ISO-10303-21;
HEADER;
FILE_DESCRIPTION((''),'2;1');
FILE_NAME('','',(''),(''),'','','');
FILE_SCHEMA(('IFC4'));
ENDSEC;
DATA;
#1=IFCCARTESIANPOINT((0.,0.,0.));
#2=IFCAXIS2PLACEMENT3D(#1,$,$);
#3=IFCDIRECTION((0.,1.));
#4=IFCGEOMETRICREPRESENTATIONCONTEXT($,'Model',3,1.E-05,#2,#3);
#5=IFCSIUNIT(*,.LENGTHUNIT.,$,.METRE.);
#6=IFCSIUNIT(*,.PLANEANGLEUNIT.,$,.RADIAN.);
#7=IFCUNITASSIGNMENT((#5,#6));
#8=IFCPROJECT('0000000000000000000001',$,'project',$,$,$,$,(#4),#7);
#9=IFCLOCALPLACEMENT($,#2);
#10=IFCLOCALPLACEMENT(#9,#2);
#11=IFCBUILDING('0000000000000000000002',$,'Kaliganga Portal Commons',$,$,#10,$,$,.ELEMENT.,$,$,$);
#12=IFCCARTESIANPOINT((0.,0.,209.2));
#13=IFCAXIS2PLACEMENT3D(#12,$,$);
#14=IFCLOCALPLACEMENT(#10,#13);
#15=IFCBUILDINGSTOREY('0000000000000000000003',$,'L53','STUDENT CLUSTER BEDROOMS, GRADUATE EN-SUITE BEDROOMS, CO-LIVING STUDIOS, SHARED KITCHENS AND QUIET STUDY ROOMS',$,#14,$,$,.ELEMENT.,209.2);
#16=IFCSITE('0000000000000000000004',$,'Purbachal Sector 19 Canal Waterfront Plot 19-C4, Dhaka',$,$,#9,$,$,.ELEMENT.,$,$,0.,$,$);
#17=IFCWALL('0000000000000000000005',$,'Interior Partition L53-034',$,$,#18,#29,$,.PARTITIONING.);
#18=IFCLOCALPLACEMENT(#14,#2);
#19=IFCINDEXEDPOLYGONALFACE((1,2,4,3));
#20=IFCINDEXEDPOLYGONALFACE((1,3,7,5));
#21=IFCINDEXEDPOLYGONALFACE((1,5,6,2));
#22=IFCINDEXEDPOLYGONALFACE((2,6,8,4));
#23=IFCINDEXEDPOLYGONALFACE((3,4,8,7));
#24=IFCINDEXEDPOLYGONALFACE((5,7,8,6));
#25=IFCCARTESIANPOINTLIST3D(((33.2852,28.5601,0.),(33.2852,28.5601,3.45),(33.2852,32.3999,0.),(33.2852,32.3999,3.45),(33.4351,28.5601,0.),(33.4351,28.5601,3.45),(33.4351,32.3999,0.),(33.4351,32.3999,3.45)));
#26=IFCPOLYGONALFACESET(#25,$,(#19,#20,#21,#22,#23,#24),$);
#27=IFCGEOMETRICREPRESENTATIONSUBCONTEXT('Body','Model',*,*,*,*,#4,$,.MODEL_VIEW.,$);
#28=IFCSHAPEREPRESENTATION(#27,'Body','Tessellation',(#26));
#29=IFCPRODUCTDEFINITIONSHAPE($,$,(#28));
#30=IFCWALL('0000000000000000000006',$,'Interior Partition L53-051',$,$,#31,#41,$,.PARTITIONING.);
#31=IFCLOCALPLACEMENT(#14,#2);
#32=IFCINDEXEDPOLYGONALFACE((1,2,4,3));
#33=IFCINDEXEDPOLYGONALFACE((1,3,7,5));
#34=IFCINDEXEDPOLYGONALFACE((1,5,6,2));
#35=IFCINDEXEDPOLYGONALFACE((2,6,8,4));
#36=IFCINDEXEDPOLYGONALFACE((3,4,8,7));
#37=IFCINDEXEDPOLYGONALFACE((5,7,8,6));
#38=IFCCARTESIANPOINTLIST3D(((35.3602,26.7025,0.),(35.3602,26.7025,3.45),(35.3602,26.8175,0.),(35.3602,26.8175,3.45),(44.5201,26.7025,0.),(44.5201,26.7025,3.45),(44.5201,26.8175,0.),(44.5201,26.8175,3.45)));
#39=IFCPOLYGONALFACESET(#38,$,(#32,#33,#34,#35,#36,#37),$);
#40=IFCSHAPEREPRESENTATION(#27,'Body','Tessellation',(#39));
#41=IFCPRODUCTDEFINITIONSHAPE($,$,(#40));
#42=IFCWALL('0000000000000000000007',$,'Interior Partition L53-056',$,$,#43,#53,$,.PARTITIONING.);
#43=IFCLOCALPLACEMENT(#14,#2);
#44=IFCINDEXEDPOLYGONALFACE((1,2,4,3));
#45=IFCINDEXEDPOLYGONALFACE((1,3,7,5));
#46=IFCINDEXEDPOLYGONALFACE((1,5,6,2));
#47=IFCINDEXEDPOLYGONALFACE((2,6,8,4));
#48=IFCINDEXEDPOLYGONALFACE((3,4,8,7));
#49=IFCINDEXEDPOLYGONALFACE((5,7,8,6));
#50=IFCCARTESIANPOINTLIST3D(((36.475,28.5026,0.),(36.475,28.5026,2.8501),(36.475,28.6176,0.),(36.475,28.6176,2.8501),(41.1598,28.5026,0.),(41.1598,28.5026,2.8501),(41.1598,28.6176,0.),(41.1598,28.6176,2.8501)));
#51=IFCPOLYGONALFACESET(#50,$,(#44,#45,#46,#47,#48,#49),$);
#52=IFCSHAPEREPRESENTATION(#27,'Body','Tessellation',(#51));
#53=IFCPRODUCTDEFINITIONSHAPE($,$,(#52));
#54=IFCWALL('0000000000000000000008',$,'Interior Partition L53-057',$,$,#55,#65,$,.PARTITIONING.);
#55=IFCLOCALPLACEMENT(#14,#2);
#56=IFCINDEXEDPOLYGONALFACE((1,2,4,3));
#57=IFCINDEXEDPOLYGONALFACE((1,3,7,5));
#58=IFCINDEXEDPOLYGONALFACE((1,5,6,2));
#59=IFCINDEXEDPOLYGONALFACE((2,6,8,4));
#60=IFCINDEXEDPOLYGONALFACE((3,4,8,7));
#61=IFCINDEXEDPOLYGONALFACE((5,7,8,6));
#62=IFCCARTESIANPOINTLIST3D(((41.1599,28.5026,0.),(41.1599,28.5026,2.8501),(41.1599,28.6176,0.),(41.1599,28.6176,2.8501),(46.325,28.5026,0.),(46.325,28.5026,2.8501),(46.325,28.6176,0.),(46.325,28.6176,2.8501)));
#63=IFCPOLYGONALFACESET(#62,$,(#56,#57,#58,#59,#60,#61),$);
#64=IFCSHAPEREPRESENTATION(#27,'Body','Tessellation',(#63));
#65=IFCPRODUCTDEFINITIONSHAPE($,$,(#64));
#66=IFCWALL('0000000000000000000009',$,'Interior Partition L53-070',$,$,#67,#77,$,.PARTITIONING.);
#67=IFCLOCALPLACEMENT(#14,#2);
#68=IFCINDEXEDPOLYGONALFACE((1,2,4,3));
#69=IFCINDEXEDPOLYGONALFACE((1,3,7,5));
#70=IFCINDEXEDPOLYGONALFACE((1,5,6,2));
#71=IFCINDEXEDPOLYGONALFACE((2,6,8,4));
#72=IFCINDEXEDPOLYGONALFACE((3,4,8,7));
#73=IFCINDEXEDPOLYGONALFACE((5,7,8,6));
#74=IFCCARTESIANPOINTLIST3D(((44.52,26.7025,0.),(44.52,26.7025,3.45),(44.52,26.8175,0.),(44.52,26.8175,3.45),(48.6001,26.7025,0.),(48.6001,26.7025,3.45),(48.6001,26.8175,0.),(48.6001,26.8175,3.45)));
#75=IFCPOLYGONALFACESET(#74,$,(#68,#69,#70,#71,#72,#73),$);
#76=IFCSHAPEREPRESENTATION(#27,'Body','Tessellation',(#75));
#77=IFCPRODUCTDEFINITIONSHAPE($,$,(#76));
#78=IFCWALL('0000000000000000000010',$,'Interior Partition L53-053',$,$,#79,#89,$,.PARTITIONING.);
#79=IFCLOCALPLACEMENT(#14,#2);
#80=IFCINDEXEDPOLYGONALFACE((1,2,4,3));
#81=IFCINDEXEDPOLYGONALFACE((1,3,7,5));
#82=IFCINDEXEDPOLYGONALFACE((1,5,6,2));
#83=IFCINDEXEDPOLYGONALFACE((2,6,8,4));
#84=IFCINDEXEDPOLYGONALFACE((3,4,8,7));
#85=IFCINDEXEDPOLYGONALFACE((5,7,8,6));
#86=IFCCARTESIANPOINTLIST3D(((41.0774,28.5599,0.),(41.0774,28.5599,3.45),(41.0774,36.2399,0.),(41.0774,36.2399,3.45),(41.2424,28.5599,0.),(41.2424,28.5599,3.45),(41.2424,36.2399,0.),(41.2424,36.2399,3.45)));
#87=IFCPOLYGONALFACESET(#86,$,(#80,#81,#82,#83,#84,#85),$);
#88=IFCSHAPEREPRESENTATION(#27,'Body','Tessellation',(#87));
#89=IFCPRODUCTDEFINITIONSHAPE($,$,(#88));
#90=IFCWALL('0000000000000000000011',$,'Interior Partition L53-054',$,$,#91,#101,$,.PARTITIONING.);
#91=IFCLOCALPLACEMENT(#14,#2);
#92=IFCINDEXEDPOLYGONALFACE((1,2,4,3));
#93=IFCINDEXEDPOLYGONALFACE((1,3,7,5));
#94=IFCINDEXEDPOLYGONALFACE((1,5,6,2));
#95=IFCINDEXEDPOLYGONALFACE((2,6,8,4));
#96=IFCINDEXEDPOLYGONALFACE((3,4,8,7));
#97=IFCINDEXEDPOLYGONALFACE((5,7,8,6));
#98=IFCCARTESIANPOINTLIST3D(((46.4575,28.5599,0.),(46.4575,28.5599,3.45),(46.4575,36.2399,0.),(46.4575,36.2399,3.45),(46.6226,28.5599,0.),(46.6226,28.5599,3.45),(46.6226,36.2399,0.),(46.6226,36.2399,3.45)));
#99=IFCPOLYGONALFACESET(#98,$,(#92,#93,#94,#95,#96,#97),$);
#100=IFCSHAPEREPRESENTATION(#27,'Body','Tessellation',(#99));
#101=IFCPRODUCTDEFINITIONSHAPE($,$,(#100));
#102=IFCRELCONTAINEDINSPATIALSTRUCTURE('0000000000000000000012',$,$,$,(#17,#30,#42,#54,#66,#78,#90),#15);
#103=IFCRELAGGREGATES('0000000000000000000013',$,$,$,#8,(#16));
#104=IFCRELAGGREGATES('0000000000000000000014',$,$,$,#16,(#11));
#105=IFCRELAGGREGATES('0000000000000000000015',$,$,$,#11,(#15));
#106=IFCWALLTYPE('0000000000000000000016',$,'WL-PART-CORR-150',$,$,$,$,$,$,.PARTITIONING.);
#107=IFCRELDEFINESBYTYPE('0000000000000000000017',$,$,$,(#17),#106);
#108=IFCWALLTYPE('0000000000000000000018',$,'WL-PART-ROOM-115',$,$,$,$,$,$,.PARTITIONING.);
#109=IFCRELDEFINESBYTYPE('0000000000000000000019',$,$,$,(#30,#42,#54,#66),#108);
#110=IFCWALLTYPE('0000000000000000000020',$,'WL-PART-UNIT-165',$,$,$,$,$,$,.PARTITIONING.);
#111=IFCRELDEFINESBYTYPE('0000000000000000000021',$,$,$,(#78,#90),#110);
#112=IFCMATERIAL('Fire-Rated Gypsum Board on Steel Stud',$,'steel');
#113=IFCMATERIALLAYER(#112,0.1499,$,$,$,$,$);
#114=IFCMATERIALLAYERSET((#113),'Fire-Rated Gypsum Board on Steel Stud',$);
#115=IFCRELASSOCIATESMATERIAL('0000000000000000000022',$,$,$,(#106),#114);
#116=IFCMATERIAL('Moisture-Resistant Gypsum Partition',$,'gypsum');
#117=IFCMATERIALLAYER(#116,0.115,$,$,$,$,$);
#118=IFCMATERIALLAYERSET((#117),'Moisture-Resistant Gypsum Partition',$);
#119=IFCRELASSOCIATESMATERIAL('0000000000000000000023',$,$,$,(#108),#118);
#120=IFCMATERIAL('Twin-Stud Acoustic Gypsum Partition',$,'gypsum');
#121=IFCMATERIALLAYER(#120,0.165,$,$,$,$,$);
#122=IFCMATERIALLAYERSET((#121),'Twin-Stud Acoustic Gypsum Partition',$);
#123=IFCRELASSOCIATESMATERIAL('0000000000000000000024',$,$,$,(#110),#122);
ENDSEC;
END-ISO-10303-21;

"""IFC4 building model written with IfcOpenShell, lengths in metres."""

from ifc_helpers import new_model, si_unit, direction, frame, frame_2d, origin, place, context, subcontext, project, spatial, rectangle, extrude, material, layer, layer_set, type_object, element, save


model = new_model("IFC4")

# Units and contexts
model_context = context("Model", 3, precision=1e-05, world=origin(), true_north=direction((0.0, 1.0)))
body_context = subcontext(model_context, "Body", "Model", "MODEL_VIEW")
ifc_project = project(units=[si_unit("LENGTHUNIT", "METRE"), si_unit("PLANEANGLEUNIT", "RADIAN")], contexts=[model_context])

# Site, building, storey
site_placement = place(None, origin())
site = spatial("IfcSite", under=ifc_project, at=site_placement, Name="Purbachal Sector 19 Canal Waterfront Plot 19-C4, Dhaka", CompositionType="ELEMENT", RefElevation=0.0)
building_placement = place(site_placement, origin())
building = spatial("IfcBuilding", under=site, at=building_placement, Name="Kaliganga Portal Commons", CompositionType="ELEMENT")
storey_placement = place(building_placement, frame((0.0, 0.0, 209.2)))
storey = spatial("IfcBuildingStorey", under=building, at=storey_placement, Name="L53", Description="STUDENT CLUSTER BEDROOMS, GRADUATE EN-SUITE BEDROOMS, CO-LIVING STUDIOS, SHARED KITCHENS AND QUIET STUDY ROOMS", CompositionType="ELEMENT", Elevation=209.2)

# Shared definitions
ifc_material_1 = material(Name="Fire-Rated Gypsum Board on Steel Stud", Category="steel")
ifc_layer_1 = layer(ifc_material_1, 0.1499)
ifc_layer_set_1 = layer_set([ifc_layer_1], Name="Fire-Rated Gypsum Board on Steel Stud")
wall_type_1 = type_object("IfcWallType", Name="WL-PART-CORR-150", PredefinedType="PARTITIONING", material=ifc_layer_set_1)

# Walls
wall_1_placement = place(storey_placement, frame((33.3601, 28.5601, 0.0), z_axis=(0.0, 0.0, 1.0), x_axis=(0.0, 1.0, 0.0)))
element("IfcWall", 1, at=wall_1_placement, inside=storey, type_object=wall_type_1, Name="Interior Partition L53-034", PredefinedType="PARTITIONING", context=body_context, shape_type="SweptSolid", body=[
    extrude(rectangle(XDim=3.8398, YDim=0.1499, at=frame_2d((1.9199, 0.0))), origin(), (0.0, 0.0, 1.0), 3.45),
])
ifc_material_2 = material(Name="Moisture-Resistant Gypsum Partition", Category="gypsum")
ifc_layer_2 = layer(ifc_material_2, 0.115)
ifc_layer_set_2 = layer_set([ifc_layer_2], Name="Moisture-Resistant Gypsum Partition")
wall_type_2 = type_object("IfcWallType", Name="WL-PART-ROOM-115", PredefinedType="PARTITIONING", material=ifc_layer_set_2)
wall_2_placement = place(storey_placement, frame((35.3601, 26.76, 0.0), z_axis=(0.0, 0.0, 1.0), x_axis=(1.0, 0.0, 0.0)))
element("IfcWall", 2, at=wall_2_placement, inside=storey, type_object=wall_type_2, Name="Interior Partition L53-051", PredefinedType="PARTITIONING", context=body_context, shape_type="SweptSolid", body=[
    extrude(rectangle(XDim=9.1599, YDim=0.115, at=frame_2d((4.5801, 0.0))), origin(), (0.0, 0.0, 1.0), 3.45),
])
wall_3_placement = place(storey_placement, frame((36.4751, 28.5601, 0.0), z_axis=(0.0, 0.0, 1.0), x_axis=(1.0, 0.0, 0.0)))
element("IfcWall", 3, at=wall_3_placement, inside=storey, type_object=wall_type_2, Name="Interior Partition L53-056", PredefinedType="PARTITIONING", context=body_context, shape_type="SweptSolid", body=[
    extrude(rectangle(XDim=4.6848, YDim=0.115, at=frame_2d((2.3423, 0.0))), origin(), (0.0, 0.0, 1.0), 2.8501),
])
wall_4_placement = place(storey_placement, frame((41.1599, 28.5601, 0.0), z_axis=(0.0, 0.0, 1.0), x_axis=(1.0, 0.0, 0.0)))
element("IfcWall", 4, at=wall_4_placement, inside=storey, type_object=wall_type_2, Name="Interior Partition L53-057", PredefinedType="PARTITIONING", context=body_context, shape_type="SweptSolid", body=[
    extrude(rectangle(XDim=5.165, YDim=0.115, at=frame_2d((2.5825, 0.0))), origin(), (0.0, 0.0, 1.0), 2.8501),
])
wall_5_placement = place(storey_placement, frame((44.52, 26.76, 0.0), z_axis=(0.0, 0.0, 1.0), x_axis=(1.0, 0.0, 0.0)))
element("IfcWall", 5, at=wall_5_placement, inside=storey, type_object=wall_type_2, Name="Interior Partition L53-070", PredefinedType="PARTITIONING", context=body_context, shape_type="SweptSolid", body=[
    extrude(rectangle(XDim=4.0801, YDim=0.115, at=frame_2d((2.04, 0.0))), origin(), (0.0, 0.0, 1.0), 3.45),
])
ifc_material_3 = material(Name="Twin-Stud Acoustic Gypsum Partition", Category="gypsum")
ifc_layer_3 = layer(ifc_material_3, 0.165)
ifc_layer_set_3 = layer_set([ifc_layer_3], Name="Twin-Stud Acoustic Gypsum Partition")
wall_type_3 = type_object("IfcWallType", Name="WL-PART-UNIT-165", PredefinedType="PARTITIONING", material=ifc_layer_set_3)
for number, where, z_axis, x_axis, name in (
    (6, (41.1599, 28.5601, 0.0), (0.0, 0.0, 1.0), (0.0, 1.0, 0.0), "Interior Partition L53-053"),
    (7, (46.54, 28.5601, 0.0), (0.0, 0.0, 1.0), (0.0, 1.0, 0.0), "Interior Partition L53-054"),
):
    element("IfcWall", number, at=place(storey_placement, frame(where, z_axis=z_axis, x_axis=x_axis)), inside=storey, type_object=wall_type_3, Name=name, PredefinedType="PARTITIONING", context=body_context, shape_type="SweptSolid", body=[
        extrude(rectangle(XDim=7.6799, YDim=0.165, at=frame_2d((3.8398, 0.0))), origin(), (0.0, 0.0, 1.0), 3.45),
    ])

save(model, "model.ifc")
